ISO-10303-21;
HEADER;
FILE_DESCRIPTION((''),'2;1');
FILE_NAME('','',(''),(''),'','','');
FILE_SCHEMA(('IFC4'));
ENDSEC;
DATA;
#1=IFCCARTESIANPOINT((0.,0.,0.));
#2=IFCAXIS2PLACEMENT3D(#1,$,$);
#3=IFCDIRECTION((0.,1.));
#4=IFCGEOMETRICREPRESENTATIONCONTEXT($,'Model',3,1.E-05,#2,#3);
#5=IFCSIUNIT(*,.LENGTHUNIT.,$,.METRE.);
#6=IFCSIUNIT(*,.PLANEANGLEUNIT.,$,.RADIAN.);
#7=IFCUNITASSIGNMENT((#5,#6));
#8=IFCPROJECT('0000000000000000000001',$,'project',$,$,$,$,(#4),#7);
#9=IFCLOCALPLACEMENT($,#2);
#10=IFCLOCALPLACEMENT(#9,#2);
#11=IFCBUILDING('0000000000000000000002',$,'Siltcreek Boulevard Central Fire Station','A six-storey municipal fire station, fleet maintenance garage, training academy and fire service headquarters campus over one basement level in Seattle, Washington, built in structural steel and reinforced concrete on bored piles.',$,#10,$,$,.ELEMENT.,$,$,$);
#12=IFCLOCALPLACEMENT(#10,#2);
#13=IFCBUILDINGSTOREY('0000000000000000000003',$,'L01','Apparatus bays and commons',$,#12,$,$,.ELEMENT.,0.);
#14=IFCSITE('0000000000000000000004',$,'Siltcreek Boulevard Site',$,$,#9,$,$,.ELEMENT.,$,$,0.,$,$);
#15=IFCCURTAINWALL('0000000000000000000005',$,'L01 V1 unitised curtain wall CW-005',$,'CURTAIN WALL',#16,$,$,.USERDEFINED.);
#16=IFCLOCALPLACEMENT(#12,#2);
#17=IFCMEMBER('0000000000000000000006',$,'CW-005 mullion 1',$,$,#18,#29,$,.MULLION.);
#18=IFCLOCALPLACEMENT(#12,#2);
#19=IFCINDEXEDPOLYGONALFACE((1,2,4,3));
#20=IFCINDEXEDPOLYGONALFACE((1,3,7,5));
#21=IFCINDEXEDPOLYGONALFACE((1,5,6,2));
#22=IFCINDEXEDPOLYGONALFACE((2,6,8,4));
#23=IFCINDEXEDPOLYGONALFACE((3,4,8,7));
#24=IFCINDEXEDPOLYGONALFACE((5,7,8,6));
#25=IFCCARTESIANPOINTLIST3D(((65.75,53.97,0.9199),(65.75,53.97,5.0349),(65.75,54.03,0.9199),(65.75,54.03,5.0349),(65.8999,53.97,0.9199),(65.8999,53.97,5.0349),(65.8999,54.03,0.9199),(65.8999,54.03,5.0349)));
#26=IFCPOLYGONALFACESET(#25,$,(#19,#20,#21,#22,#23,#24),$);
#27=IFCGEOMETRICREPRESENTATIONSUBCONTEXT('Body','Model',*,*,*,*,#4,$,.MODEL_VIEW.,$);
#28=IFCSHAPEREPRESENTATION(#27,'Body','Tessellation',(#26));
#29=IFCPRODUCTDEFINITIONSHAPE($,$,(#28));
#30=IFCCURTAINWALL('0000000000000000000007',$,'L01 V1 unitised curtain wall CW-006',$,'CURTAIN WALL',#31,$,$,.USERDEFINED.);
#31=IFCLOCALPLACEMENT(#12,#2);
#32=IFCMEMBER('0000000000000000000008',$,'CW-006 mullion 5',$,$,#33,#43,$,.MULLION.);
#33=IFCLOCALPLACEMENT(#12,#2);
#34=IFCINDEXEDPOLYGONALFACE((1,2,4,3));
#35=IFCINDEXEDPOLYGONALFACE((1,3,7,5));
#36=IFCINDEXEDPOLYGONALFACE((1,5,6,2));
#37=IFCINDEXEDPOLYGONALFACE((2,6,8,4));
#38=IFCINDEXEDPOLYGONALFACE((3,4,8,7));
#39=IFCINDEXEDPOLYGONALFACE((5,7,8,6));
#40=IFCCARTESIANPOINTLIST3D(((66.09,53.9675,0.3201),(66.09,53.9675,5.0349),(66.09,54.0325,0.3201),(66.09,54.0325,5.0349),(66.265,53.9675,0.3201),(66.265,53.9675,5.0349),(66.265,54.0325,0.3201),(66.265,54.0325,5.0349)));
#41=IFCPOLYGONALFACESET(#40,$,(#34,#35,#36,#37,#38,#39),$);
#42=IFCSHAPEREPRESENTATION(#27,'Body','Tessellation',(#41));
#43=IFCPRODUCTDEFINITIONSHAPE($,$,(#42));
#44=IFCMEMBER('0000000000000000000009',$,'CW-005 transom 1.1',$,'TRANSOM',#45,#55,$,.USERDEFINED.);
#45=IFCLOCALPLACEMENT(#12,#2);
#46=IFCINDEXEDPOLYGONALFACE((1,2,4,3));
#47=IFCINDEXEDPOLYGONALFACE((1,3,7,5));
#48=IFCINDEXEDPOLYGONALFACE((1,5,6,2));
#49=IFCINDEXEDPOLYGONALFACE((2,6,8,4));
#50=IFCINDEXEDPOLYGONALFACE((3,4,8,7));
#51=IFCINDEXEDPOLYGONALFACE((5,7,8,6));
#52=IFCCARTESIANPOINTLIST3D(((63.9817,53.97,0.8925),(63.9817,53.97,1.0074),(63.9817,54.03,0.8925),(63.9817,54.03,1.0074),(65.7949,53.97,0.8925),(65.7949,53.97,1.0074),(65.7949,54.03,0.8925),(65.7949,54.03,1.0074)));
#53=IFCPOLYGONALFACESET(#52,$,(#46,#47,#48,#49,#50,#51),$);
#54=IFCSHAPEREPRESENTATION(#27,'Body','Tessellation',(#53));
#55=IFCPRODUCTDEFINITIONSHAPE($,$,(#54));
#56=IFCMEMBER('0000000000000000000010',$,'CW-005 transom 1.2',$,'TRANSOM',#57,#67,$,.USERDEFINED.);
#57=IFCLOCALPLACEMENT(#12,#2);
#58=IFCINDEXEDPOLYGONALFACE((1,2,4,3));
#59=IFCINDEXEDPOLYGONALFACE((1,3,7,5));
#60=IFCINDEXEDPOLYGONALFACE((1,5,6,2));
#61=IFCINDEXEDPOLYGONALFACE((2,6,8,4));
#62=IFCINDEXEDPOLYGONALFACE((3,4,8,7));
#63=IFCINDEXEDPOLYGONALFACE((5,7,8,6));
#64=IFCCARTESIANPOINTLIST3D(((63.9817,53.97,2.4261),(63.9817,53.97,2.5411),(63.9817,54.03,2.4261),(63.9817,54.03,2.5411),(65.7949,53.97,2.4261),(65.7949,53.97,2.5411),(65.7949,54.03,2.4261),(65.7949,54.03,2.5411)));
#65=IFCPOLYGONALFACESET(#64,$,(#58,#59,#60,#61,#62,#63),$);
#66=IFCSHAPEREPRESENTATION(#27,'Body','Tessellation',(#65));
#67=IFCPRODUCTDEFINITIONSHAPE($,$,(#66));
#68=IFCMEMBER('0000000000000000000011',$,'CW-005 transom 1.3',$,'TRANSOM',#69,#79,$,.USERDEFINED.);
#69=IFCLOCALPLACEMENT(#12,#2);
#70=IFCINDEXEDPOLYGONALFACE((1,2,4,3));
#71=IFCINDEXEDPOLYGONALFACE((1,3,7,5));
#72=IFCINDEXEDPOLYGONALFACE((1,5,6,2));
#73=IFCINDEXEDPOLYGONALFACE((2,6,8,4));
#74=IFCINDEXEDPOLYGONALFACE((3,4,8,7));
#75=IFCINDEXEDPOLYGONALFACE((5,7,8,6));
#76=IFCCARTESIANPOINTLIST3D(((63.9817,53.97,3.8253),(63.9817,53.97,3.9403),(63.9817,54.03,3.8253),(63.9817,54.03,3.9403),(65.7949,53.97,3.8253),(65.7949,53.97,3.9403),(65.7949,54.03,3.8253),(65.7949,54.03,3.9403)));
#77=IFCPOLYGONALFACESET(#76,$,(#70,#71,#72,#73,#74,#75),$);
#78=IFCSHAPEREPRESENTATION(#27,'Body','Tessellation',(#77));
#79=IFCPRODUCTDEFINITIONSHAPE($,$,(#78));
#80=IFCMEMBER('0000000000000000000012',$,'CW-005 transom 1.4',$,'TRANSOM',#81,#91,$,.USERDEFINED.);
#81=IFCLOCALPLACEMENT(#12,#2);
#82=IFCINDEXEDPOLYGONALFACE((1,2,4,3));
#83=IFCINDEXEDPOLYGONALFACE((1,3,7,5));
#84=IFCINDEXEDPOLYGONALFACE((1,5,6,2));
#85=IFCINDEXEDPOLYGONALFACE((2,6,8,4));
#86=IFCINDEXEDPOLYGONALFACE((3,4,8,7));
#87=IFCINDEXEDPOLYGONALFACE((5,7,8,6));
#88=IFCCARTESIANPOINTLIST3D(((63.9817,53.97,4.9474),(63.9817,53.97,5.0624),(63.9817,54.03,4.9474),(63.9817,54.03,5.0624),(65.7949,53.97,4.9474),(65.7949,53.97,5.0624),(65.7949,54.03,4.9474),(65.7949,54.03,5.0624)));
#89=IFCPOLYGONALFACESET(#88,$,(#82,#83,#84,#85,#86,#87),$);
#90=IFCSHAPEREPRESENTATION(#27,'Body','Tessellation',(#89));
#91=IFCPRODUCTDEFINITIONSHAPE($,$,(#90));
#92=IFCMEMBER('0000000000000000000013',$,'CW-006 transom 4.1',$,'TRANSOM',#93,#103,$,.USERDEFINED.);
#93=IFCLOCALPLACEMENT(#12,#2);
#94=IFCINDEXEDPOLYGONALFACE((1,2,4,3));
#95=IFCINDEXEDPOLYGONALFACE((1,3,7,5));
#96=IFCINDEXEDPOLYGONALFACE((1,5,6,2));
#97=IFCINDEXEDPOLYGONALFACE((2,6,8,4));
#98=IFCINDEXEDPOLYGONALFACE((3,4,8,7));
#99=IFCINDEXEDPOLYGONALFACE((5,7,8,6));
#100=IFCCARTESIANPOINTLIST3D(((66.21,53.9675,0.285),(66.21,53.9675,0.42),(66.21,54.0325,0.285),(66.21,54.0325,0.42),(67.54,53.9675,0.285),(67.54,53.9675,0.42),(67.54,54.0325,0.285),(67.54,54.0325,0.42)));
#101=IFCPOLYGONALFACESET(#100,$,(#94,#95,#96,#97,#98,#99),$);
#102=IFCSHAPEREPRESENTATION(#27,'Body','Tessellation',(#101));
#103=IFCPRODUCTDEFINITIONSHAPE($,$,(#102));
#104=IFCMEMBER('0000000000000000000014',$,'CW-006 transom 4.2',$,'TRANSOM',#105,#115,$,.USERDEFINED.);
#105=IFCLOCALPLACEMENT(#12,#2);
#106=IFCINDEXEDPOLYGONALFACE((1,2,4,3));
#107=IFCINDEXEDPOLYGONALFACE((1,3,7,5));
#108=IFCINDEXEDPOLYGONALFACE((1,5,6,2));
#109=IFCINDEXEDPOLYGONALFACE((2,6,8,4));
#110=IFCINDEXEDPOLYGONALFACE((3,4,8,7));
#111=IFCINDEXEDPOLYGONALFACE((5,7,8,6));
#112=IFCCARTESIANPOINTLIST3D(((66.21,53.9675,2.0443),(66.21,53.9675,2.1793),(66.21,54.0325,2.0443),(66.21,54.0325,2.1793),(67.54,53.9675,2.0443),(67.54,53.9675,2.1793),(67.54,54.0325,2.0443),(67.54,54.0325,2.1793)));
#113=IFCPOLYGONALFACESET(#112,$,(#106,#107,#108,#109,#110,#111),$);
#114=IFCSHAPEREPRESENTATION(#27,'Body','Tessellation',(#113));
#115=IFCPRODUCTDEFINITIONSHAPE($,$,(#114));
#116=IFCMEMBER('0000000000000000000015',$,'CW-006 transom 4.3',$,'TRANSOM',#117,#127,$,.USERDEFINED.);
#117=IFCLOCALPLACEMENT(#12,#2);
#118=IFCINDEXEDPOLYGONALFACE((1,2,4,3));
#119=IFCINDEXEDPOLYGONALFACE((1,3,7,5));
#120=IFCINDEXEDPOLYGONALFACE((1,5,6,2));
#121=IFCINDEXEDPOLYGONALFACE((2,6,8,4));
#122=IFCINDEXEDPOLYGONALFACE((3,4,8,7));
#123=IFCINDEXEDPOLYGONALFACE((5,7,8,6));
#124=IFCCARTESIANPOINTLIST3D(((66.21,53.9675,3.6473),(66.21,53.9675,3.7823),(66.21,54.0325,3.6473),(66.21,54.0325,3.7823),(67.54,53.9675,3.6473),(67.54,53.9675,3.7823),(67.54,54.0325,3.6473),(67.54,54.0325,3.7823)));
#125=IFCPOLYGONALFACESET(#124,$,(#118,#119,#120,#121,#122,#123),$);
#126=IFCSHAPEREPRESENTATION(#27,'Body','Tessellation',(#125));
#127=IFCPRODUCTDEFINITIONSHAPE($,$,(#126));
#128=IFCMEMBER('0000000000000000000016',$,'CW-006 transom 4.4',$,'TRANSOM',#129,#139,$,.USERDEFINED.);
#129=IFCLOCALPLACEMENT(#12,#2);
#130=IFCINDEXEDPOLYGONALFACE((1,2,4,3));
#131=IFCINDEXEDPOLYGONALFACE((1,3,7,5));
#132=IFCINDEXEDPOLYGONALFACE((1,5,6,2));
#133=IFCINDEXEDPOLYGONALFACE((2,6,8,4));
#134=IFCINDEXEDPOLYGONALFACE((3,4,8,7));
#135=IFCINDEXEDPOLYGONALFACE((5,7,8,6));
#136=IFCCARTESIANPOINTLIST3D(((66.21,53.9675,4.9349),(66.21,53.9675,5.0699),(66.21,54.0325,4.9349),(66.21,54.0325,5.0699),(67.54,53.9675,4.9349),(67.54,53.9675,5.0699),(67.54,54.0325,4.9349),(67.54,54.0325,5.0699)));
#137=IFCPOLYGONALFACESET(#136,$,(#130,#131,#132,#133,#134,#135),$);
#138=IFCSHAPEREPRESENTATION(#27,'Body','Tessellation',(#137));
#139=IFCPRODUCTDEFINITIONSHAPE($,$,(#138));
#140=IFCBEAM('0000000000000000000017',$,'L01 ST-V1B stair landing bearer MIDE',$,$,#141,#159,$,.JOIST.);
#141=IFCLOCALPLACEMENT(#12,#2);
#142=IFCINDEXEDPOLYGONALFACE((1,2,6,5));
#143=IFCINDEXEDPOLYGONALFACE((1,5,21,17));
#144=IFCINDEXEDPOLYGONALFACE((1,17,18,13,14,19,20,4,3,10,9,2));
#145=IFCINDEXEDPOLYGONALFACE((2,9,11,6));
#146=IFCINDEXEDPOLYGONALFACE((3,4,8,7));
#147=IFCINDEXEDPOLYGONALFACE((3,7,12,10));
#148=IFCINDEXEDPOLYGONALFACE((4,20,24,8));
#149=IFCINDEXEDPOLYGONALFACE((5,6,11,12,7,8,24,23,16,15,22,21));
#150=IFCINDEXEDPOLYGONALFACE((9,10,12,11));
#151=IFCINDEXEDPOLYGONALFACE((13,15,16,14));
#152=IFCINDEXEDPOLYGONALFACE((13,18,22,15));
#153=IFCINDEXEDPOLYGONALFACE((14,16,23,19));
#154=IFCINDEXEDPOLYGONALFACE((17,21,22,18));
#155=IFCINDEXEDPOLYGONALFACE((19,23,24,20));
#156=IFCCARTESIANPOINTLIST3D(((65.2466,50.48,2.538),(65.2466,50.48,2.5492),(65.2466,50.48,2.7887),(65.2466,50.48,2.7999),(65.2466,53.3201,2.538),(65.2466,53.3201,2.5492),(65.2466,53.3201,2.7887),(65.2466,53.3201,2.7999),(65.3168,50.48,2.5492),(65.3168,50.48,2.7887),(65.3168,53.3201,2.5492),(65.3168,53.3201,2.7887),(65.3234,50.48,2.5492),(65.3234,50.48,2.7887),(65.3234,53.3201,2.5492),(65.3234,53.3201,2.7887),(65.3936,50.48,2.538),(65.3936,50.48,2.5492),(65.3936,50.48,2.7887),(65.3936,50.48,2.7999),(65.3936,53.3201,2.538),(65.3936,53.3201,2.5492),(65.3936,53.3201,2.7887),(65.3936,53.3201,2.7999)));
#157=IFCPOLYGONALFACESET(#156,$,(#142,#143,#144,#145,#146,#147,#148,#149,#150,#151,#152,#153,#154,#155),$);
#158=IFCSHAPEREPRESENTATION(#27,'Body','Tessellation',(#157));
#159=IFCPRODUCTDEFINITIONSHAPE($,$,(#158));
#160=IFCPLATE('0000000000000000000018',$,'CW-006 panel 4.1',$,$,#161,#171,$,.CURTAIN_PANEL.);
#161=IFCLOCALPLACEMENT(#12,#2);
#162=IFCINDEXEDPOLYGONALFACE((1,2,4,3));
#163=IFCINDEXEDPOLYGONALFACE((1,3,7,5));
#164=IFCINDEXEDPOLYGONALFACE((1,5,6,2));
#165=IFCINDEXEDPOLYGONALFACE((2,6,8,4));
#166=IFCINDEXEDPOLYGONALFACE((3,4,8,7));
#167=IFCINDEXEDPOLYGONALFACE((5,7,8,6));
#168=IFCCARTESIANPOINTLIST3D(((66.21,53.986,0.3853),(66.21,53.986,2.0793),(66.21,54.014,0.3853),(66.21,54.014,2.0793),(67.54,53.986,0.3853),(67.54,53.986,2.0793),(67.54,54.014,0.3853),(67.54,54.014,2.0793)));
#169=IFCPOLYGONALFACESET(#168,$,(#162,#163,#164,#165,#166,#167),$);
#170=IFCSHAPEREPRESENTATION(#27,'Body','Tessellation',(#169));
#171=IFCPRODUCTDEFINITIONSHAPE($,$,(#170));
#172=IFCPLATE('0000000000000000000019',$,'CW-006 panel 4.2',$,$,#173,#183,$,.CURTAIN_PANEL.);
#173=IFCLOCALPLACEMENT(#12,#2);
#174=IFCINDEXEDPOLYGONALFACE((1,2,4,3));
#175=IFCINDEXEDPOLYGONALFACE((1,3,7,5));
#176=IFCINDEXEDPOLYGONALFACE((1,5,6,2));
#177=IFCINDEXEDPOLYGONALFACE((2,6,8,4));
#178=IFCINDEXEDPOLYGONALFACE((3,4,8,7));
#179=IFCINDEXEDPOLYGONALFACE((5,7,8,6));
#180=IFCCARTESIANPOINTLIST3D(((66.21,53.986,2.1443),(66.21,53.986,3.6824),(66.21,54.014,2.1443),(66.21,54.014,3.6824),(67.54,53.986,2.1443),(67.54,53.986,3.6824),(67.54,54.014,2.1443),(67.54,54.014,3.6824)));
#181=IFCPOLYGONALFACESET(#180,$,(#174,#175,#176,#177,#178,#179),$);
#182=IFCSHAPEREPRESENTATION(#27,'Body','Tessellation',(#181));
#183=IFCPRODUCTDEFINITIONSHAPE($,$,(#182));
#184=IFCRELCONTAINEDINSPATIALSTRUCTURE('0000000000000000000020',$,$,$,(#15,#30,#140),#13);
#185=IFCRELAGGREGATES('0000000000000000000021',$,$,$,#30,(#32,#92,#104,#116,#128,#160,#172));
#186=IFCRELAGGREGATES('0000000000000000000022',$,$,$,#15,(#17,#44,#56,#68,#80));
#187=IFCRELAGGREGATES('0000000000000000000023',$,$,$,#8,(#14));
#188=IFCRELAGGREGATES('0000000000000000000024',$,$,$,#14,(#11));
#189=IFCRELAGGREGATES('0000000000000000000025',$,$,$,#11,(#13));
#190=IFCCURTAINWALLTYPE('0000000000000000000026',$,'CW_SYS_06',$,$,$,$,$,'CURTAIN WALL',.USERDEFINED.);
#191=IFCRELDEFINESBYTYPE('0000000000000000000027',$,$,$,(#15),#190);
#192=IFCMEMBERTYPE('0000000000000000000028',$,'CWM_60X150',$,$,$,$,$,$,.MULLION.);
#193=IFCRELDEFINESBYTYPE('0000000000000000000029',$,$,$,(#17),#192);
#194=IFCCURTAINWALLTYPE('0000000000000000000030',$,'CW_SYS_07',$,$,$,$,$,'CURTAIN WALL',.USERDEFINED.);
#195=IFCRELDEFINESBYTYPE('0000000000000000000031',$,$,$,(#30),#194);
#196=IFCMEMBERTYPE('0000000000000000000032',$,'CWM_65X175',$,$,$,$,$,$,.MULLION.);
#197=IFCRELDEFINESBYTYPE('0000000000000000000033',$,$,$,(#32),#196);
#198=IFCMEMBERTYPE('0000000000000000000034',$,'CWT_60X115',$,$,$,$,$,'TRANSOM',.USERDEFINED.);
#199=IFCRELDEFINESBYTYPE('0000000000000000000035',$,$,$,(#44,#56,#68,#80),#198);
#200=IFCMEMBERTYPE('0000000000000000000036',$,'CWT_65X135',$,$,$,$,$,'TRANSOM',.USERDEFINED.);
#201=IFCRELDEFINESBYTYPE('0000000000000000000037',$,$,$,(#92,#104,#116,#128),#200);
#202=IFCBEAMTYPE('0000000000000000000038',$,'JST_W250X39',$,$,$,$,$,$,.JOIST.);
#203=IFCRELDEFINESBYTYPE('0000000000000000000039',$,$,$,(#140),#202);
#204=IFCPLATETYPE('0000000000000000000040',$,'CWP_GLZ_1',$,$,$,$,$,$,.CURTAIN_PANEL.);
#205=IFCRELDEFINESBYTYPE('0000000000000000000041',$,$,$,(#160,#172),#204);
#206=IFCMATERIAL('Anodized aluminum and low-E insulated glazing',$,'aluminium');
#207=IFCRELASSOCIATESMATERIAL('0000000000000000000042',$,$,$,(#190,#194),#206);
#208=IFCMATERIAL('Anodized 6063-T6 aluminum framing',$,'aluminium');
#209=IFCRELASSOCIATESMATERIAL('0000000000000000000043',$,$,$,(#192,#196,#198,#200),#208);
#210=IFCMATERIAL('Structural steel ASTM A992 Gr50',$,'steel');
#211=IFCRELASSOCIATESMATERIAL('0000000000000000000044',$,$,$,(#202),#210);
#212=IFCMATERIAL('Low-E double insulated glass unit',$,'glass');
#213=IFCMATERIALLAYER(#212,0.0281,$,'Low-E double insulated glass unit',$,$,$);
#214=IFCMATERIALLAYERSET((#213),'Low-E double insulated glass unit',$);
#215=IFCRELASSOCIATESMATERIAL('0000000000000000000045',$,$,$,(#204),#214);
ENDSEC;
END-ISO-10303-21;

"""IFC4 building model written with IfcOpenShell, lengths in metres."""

from ifc_helpers import new_model, si_unit, direction, frame, origin, origin_2d, place, context, subcontext, project, spatial, rectangle, i_section, extrude, material, layer, layer_set, material_profile, profile_set, type_object, element, aggregate, save


model = new_model("IFC4")

# Units and contexts
model_context = context("Model", 3, precision=1e-05, world=origin(), true_north=direction((0.0, 1.0)))
body_context = subcontext(model_context, "Body", "Model", "MODEL_VIEW")
ifc_project = project(units=[si_unit("LENGTHUNIT", "METRE"), si_unit("PLANEANGLEUNIT", "RADIAN")], contexts=[model_context])

# Site, building, storey
site_placement = place(None, origin())
site = spatial("IfcSite", under=ifc_project, at=site_placement, Name="Siltcreek Boulevard Site", CompositionType="ELEMENT", RefElevation=0.0)
building_placement = place(site_placement, origin())
building = spatial("IfcBuilding", under=site, at=building_placement, Name="Siltcreek Boulevard Central Fire Station", Description="A six-storey municipal fire station, fleet maintenance garage, training academy and fire service headquarters campus over one basement level in Seattle, Washington, built in structural steel and reinforced concrete on bored piles.", CompositionType="ELEMENT")
storey_placement = place(building_placement, origin())
storey = spatial("IfcBuildingStorey", under=building, at=storey_placement, Name="L01", Description="Apparatus bays and commons", CompositionType="ELEMENT", Elevation=0.0)

# Shared definitions
ifc_material_1 = material(Name="Structural steel ASTM A992 Gr50", Category="steel")

# Curtain walls, members
ifc_material_2 = material(Name="Anodized aluminum and low-E insulated glazing", Category="aluminium")
curtain_wall_type_1 = type_object("IfcCurtainWallType", Name="CW_SYS_06", ElementType="CURTAIN WALL", PredefinedType="USERDEFINED", material=ifc_material_2)
curtain_wall_1_placement = place(storey_placement, origin())
curtain_wall_1 = element("IfcCurtainWall", 1, at=curtain_wall_1_placement, inside=storey, type_object=curtain_wall_type_1, Name="L01 V1 unitised curtain wall CW-005", ObjectType="CURTAIN WALL", PredefinedType="USERDEFINED")
ifc_material_3 = material(Name="Anodized 6063-T6 aluminum framing", Category="aluminium")
ifc_material_profile_1 = material_profile(ifc_material_3, rectangle(XDim=0.0601, YDim=0.1499, at=origin_2d()), Name="MULL60X150")
ifc_profile_set_1 = profile_set([ifc_material_profile_1], Name="Anodized 6063-T6 aluminum framing")
member_type_1 = type_object("IfcMemberType", Name="CWM_60X150", PredefinedType="MULLION", material=ifc_profile_set_1)
member_1_placement = place(storey_placement, frame((65.825, 54.0, 0.9199), z_axis=(0.0, 0.0, 1.0), x_axis=(0.0, -1.0, 0.0)))
member_1 = element("IfcMember", 2, at=member_1_placement, type_object=member_type_1, Name="CW-005 mullion 1", PredefinedType="MULLION", context=body_context, shape_type="SweptSolid", body=[
    extrude(rectangle(XDim=0.0601, YDim=0.1499, at=origin_2d()), origin(), (0.0, 0.0, 1.0), 4.115),
])
curtain_wall_type_2 = type_object("IfcCurtainWallType", Name="CW_SYS_07", ElementType="CURTAIN WALL", PredefinedType="USERDEFINED", material=ifc_material_2)
curtain_wall_2_placement = place(storey_placement, origin())
curtain_wall_2 = element("IfcCurtainWall", 3, at=curtain_wall_2_placement, inside=storey, type_object=curtain_wall_type_2, Name="L01 V1 unitised curtain wall CW-006", ObjectType="CURTAIN WALL", PredefinedType="USERDEFINED")
ifc_material_profile_2 = material_profile(ifc_material_3, rectangle(XDim=0.0649, YDim=0.175, at=origin_2d()), Name="MULL65X175")
ifc_profile_set_2 = profile_set([ifc_material_profile_2], Name="Anodized 6063-T6 aluminum framing")
member_type_2 = type_object("IfcMemberType", Name="CWM_65X175", PredefinedType="MULLION", material=ifc_profile_set_2)
member_2_placement = place(storey_placement, frame((66.1775, 54.0, 0.3201), z_axis=(0.0, 0.0, 1.0), x_axis=(0.0, -1.0, 0.0)))
member_2 = element("IfcMember", 4, at=member_2_placement, type_object=member_type_2, Name="CW-006 mullion 5", PredefinedType="MULLION", context=body_context, shape_type="SweptSolid", body=[
    extrude(rectangle(XDim=0.0649, YDim=0.175, at=origin_2d()), origin(), (0.0, 0.0, 1.0), 4.7148),
])

# Members
ifc_material_profile_3 = material_profile(ifc_material_3, rectangle(XDim=0.0601, YDim=0.115, at=origin_2d()), Name="TRAN60X115")
ifc_profile_set_3 = profile_set([ifc_material_profile_3], Name="Anodized 6063-T6 aluminum framing")
member_type_3 = type_object("IfcMemberType", Name="CWT_60X115", ElementType="TRANSOM", PredefinedType="USERDEFINED", material=ifc_profile_set_3)
member_3_placement = place(storey_placement, frame((65.7949, 54.0, 0.95), z_axis=(-1.0, 0.0, 0.0), x_axis=(0.0, -1.0, 0.0)))
member_3 = element("IfcMember", 5, at=member_3_placement, type_object=member_type_3, Name="CW-005 transom 1.1", ObjectType="TRANSOM", PredefinedType="USERDEFINED", context=body_context, shape_type="SweptSolid", body=[
    extrude(rectangle(XDim=0.0601, YDim=0.115, at=origin_2d()), origin(), (0.0, 0.0, 1.0), 1.8132),
])
member_4_placement = place(storey_placement, frame((65.7949, 54.0, 2.4836), z_axis=(-1.0, 0.0, 0.0), x_axis=(0.0, -1.0, 0.0)))
member_4 = element("IfcMember", 6, at=member_4_placement, type_object=member_type_3, Name="CW-005 transom 1.2", ObjectType="TRANSOM", PredefinedType="USERDEFINED", context=body_context, shape_type="SweptSolid", body=[
    extrude(rectangle(XDim=0.0601, YDim=0.115, at=origin_2d()), origin(), (0.0, 0.0, 1.0), 1.8132),
])
member_5_placement = place(storey_placement, frame((65.7949, 54.0, 3.8828), z_axis=(-1.0, 0.0, 0.0), x_axis=(0.0, -1.0, 0.0)))
member_5 = element("IfcMember", 7, at=member_5_placement, type_object=member_type_3, Name="CW-005 transom 1.3", ObjectType="TRANSOM", PredefinedType="USERDEFINED", context=body_context, shape_type="SweptSolid", body=[
    extrude(rectangle(XDim=0.0601, YDim=0.115, at=origin_2d()), origin(), (0.0, 0.0, 1.0), 1.8132),
])
member_6_placement = place(storey_placement, frame((65.7949, 54.0, 5.0049), z_axis=(-1.0, 0.0, 0.0), x_axis=(0.0, -1.0, 0.0)))
member_6 = element("IfcMember", 8, at=member_6_placement, type_object=member_type_3, Name="CW-005 transom 1.4", ObjectType="TRANSOM", PredefinedType="USERDEFINED", context=body_context, shape_type="SweptSolid", body=[
    extrude(rectangle(XDim=0.0601, YDim=0.115, at=origin_2d()), origin(), (0.0, 0.0, 1.0), 1.8132),
])
ifc_material_profile_4 = material_profile(ifc_material_3, rectangle(XDim=0.0649, YDim=0.135, at=origin_2d()), Name="TRAN65X135")
ifc_profile_set_4 = profile_set([ifc_material_profile_4], Name="Anodized 6063-T6 aluminum framing")
member_type_4 = type_object("IfcMemberType", Name="CWT_65X135", ElementType="TRANSOM", PredefinedType="USERDEFINED", material=ifc_profile_set_4)
member_7_placement = place(storey_placement, frame((67.54, 54.0, 0.3525), z_axis=(-1.0, 0.0, 0.0), x_axis=(0.0, -1.0, 0.0)))
member_7 = element("IfcMember", 9, at=member_7_placement, type_object=member_type_4, Name="CW-006 transom 4.1", ObjectType="TRANSOM", PredefinedType="USERDEFINED", context=body_context, shape_type="SweptSolid", body=[
    extrude(rectangle(XDim=0.0649, YDim=0.135, at=origin_2d()), origin(), (0.0, 0.0, 1.0), 1.3301),
])
member_8_placement = place(storey_placement, frame((67.54, 54.0, 2.1118), z_axis=(-1.0, 0.0, 0.0), x_axis=(0.0, -1.0, 0.0)))
member_8 = element("IfcMember", 10, at=member_8_placement, type_object=member_type_4, Name="CW-006 transom 4.2", ObjectType="TRANSOM", PredefinedType="USERDEFINED", context=body_context, shape_type="SweptSolid", body=[
    extrude(rectangle(XDim=0.0649, YDim=0.135, at=origin_2d()), origin(), (0.0, 0.0, 1.0), 1.3301),
])
member_9_placement = place(storey_placement, frame((67.54, 54.0, 3.7148), z_axis=(-1.0, 0.0, 0.0), x_axis=(0.0, -1.0, 0.0)))
member_9 = element("IfcMember", 11, at=member_9_placement, type_object=member_type_4, Name="CW-006 transom 4.3", ObjectType="TRANSOM", PredefinedType="USERDEFINED", context=body_context, shape_type="SweptSolid", body=[
    extrude(rectangle(XDim=0.0649, YDim=0.135, at=origin_2d()), origin(), (0.0, 0.0, 1.0), 1.3301),
])
member_10_placement = place(storey_placement, frame((67.54, 54.0, 5.0024), z_axis=(-1.0, 0.0, 0.0), x_axis=(0.0, -1.0, 0.0)))
member_10 = element("IfcMember", 12, at=member_10_placement, type_object=member_type_4, Name="CW-006 transom 4.4", ObjectType="TRANSOM", PredefinedType="USERDEFINED", context=body_context, shape_type="SweptSolid", body=[
    extrude(rectangle(XDim=0.0649, YDim=0.135, at=origin_2d()), origin(), (0.0, 0.0, 1.0), 1.3301),
])

# Beam
ifc_material_profile_5 = material_profile(ifc_material_1, i_section(OverallWidth=0.147, OverallDepth=0.262, WebThickness=0.0066, FlangeThickness=0.0112, at=origin_2d()), Name="W250X39")
ifc_profile_set_5 = profile_set([ifc_material_profile_5], Name="Structural steel ASTM A992 Gr50")
beam_type = type_object("IfcBeamType", Name="JST_W250X39", PredefinedType="JOIST", material=ifc_profile_set_5)
beam_placement = place(storey_placement, frame((65.3201, 50.48, 2.6689), z_axis=(0.0, 1.0, 0.0), x_axis=(-1.0, 0.0, 0.0)))
element("IfcBeam", 13, at=beam_placement, inside=storey, type_object=beam_type, Name="L01 ST-V1B stair landing bearer MIDE", PredefinedType="JOIST", context=body_context, shape_type="SweptSolid", body=[
    extrude(i_section(OverallWidth=0.147, OverallDepth=0.262, WebThickness=0.0066, FlangeThickness=0.0112, at=origin_2d()), origin(), (0.0, 0.0, 1.0), 2.8401),
])

# Plates
ifc_material_4 = material(Name="Low-E double insulated glass unit", Category="glass")
ifc_layer_1 = layer(ifc_material_4, 0.0281, Name="Low-E double insulated glass unit")
ifc_layer_set_1 = layer_set([ifc_layer_1], Name="Low-E double insulated glass unit")
plate_type_1 = type_object("IfcPlateType", Name="CWP_GLZ_1", PredefinedType="CURTAIN_PANEL", material=ifc_layer_set_1)
plate_1_placement = place(storey_placement, frame((66.875, 54.0, 0.3853), z_axis=(0.0, 0.0, 1.0), x_axis=(-1.0, 0.0, 0.0)))
plate_1 = element("IfcPlate", 14, at=plate_1_placement, type_object=plate_type_1, Name="CW-006 panel 4.1", PredefinedType="CURTAIN_PANEL", context=body_context, shape_type="SweptSolid", body=[
    extrude(rectangle(XDim=1.3301, YDim=0.0281, at=origin_2d()), origin(), (0.0, 0.0, 1.0), 1.6941),
])
plate_2_placement = place(storey_placement, frame((66.875, 54.0, 2.1443), z_axis=(0.0, 0.0, 1.0), x_axis=(-1.0, 0.0, 0.0)))
plate_2 = element("IfcPlate", 15, at=plate_2_placement, type_object=plate_type_1, Name="CW-006 panel 4.2", PredefinedType="CURTAIN_PANEL", context=body_context, shape_type="SweptSolid", body=[
    extrude(rectangle(XDim=1.3301, YDim=0.0281, at=origin_2d()), origin(), (0.0, 0.0, 1.0), 1.5381),
])
aggregate(curtain_wall_2, [member_2, member_7, member_8, member_9, member_10, plate_1, plate_2])
aggregate(curtain_wall_1, [member_1, member_3, member_4, member_5, member_6])

save(model, "model.ifc")
